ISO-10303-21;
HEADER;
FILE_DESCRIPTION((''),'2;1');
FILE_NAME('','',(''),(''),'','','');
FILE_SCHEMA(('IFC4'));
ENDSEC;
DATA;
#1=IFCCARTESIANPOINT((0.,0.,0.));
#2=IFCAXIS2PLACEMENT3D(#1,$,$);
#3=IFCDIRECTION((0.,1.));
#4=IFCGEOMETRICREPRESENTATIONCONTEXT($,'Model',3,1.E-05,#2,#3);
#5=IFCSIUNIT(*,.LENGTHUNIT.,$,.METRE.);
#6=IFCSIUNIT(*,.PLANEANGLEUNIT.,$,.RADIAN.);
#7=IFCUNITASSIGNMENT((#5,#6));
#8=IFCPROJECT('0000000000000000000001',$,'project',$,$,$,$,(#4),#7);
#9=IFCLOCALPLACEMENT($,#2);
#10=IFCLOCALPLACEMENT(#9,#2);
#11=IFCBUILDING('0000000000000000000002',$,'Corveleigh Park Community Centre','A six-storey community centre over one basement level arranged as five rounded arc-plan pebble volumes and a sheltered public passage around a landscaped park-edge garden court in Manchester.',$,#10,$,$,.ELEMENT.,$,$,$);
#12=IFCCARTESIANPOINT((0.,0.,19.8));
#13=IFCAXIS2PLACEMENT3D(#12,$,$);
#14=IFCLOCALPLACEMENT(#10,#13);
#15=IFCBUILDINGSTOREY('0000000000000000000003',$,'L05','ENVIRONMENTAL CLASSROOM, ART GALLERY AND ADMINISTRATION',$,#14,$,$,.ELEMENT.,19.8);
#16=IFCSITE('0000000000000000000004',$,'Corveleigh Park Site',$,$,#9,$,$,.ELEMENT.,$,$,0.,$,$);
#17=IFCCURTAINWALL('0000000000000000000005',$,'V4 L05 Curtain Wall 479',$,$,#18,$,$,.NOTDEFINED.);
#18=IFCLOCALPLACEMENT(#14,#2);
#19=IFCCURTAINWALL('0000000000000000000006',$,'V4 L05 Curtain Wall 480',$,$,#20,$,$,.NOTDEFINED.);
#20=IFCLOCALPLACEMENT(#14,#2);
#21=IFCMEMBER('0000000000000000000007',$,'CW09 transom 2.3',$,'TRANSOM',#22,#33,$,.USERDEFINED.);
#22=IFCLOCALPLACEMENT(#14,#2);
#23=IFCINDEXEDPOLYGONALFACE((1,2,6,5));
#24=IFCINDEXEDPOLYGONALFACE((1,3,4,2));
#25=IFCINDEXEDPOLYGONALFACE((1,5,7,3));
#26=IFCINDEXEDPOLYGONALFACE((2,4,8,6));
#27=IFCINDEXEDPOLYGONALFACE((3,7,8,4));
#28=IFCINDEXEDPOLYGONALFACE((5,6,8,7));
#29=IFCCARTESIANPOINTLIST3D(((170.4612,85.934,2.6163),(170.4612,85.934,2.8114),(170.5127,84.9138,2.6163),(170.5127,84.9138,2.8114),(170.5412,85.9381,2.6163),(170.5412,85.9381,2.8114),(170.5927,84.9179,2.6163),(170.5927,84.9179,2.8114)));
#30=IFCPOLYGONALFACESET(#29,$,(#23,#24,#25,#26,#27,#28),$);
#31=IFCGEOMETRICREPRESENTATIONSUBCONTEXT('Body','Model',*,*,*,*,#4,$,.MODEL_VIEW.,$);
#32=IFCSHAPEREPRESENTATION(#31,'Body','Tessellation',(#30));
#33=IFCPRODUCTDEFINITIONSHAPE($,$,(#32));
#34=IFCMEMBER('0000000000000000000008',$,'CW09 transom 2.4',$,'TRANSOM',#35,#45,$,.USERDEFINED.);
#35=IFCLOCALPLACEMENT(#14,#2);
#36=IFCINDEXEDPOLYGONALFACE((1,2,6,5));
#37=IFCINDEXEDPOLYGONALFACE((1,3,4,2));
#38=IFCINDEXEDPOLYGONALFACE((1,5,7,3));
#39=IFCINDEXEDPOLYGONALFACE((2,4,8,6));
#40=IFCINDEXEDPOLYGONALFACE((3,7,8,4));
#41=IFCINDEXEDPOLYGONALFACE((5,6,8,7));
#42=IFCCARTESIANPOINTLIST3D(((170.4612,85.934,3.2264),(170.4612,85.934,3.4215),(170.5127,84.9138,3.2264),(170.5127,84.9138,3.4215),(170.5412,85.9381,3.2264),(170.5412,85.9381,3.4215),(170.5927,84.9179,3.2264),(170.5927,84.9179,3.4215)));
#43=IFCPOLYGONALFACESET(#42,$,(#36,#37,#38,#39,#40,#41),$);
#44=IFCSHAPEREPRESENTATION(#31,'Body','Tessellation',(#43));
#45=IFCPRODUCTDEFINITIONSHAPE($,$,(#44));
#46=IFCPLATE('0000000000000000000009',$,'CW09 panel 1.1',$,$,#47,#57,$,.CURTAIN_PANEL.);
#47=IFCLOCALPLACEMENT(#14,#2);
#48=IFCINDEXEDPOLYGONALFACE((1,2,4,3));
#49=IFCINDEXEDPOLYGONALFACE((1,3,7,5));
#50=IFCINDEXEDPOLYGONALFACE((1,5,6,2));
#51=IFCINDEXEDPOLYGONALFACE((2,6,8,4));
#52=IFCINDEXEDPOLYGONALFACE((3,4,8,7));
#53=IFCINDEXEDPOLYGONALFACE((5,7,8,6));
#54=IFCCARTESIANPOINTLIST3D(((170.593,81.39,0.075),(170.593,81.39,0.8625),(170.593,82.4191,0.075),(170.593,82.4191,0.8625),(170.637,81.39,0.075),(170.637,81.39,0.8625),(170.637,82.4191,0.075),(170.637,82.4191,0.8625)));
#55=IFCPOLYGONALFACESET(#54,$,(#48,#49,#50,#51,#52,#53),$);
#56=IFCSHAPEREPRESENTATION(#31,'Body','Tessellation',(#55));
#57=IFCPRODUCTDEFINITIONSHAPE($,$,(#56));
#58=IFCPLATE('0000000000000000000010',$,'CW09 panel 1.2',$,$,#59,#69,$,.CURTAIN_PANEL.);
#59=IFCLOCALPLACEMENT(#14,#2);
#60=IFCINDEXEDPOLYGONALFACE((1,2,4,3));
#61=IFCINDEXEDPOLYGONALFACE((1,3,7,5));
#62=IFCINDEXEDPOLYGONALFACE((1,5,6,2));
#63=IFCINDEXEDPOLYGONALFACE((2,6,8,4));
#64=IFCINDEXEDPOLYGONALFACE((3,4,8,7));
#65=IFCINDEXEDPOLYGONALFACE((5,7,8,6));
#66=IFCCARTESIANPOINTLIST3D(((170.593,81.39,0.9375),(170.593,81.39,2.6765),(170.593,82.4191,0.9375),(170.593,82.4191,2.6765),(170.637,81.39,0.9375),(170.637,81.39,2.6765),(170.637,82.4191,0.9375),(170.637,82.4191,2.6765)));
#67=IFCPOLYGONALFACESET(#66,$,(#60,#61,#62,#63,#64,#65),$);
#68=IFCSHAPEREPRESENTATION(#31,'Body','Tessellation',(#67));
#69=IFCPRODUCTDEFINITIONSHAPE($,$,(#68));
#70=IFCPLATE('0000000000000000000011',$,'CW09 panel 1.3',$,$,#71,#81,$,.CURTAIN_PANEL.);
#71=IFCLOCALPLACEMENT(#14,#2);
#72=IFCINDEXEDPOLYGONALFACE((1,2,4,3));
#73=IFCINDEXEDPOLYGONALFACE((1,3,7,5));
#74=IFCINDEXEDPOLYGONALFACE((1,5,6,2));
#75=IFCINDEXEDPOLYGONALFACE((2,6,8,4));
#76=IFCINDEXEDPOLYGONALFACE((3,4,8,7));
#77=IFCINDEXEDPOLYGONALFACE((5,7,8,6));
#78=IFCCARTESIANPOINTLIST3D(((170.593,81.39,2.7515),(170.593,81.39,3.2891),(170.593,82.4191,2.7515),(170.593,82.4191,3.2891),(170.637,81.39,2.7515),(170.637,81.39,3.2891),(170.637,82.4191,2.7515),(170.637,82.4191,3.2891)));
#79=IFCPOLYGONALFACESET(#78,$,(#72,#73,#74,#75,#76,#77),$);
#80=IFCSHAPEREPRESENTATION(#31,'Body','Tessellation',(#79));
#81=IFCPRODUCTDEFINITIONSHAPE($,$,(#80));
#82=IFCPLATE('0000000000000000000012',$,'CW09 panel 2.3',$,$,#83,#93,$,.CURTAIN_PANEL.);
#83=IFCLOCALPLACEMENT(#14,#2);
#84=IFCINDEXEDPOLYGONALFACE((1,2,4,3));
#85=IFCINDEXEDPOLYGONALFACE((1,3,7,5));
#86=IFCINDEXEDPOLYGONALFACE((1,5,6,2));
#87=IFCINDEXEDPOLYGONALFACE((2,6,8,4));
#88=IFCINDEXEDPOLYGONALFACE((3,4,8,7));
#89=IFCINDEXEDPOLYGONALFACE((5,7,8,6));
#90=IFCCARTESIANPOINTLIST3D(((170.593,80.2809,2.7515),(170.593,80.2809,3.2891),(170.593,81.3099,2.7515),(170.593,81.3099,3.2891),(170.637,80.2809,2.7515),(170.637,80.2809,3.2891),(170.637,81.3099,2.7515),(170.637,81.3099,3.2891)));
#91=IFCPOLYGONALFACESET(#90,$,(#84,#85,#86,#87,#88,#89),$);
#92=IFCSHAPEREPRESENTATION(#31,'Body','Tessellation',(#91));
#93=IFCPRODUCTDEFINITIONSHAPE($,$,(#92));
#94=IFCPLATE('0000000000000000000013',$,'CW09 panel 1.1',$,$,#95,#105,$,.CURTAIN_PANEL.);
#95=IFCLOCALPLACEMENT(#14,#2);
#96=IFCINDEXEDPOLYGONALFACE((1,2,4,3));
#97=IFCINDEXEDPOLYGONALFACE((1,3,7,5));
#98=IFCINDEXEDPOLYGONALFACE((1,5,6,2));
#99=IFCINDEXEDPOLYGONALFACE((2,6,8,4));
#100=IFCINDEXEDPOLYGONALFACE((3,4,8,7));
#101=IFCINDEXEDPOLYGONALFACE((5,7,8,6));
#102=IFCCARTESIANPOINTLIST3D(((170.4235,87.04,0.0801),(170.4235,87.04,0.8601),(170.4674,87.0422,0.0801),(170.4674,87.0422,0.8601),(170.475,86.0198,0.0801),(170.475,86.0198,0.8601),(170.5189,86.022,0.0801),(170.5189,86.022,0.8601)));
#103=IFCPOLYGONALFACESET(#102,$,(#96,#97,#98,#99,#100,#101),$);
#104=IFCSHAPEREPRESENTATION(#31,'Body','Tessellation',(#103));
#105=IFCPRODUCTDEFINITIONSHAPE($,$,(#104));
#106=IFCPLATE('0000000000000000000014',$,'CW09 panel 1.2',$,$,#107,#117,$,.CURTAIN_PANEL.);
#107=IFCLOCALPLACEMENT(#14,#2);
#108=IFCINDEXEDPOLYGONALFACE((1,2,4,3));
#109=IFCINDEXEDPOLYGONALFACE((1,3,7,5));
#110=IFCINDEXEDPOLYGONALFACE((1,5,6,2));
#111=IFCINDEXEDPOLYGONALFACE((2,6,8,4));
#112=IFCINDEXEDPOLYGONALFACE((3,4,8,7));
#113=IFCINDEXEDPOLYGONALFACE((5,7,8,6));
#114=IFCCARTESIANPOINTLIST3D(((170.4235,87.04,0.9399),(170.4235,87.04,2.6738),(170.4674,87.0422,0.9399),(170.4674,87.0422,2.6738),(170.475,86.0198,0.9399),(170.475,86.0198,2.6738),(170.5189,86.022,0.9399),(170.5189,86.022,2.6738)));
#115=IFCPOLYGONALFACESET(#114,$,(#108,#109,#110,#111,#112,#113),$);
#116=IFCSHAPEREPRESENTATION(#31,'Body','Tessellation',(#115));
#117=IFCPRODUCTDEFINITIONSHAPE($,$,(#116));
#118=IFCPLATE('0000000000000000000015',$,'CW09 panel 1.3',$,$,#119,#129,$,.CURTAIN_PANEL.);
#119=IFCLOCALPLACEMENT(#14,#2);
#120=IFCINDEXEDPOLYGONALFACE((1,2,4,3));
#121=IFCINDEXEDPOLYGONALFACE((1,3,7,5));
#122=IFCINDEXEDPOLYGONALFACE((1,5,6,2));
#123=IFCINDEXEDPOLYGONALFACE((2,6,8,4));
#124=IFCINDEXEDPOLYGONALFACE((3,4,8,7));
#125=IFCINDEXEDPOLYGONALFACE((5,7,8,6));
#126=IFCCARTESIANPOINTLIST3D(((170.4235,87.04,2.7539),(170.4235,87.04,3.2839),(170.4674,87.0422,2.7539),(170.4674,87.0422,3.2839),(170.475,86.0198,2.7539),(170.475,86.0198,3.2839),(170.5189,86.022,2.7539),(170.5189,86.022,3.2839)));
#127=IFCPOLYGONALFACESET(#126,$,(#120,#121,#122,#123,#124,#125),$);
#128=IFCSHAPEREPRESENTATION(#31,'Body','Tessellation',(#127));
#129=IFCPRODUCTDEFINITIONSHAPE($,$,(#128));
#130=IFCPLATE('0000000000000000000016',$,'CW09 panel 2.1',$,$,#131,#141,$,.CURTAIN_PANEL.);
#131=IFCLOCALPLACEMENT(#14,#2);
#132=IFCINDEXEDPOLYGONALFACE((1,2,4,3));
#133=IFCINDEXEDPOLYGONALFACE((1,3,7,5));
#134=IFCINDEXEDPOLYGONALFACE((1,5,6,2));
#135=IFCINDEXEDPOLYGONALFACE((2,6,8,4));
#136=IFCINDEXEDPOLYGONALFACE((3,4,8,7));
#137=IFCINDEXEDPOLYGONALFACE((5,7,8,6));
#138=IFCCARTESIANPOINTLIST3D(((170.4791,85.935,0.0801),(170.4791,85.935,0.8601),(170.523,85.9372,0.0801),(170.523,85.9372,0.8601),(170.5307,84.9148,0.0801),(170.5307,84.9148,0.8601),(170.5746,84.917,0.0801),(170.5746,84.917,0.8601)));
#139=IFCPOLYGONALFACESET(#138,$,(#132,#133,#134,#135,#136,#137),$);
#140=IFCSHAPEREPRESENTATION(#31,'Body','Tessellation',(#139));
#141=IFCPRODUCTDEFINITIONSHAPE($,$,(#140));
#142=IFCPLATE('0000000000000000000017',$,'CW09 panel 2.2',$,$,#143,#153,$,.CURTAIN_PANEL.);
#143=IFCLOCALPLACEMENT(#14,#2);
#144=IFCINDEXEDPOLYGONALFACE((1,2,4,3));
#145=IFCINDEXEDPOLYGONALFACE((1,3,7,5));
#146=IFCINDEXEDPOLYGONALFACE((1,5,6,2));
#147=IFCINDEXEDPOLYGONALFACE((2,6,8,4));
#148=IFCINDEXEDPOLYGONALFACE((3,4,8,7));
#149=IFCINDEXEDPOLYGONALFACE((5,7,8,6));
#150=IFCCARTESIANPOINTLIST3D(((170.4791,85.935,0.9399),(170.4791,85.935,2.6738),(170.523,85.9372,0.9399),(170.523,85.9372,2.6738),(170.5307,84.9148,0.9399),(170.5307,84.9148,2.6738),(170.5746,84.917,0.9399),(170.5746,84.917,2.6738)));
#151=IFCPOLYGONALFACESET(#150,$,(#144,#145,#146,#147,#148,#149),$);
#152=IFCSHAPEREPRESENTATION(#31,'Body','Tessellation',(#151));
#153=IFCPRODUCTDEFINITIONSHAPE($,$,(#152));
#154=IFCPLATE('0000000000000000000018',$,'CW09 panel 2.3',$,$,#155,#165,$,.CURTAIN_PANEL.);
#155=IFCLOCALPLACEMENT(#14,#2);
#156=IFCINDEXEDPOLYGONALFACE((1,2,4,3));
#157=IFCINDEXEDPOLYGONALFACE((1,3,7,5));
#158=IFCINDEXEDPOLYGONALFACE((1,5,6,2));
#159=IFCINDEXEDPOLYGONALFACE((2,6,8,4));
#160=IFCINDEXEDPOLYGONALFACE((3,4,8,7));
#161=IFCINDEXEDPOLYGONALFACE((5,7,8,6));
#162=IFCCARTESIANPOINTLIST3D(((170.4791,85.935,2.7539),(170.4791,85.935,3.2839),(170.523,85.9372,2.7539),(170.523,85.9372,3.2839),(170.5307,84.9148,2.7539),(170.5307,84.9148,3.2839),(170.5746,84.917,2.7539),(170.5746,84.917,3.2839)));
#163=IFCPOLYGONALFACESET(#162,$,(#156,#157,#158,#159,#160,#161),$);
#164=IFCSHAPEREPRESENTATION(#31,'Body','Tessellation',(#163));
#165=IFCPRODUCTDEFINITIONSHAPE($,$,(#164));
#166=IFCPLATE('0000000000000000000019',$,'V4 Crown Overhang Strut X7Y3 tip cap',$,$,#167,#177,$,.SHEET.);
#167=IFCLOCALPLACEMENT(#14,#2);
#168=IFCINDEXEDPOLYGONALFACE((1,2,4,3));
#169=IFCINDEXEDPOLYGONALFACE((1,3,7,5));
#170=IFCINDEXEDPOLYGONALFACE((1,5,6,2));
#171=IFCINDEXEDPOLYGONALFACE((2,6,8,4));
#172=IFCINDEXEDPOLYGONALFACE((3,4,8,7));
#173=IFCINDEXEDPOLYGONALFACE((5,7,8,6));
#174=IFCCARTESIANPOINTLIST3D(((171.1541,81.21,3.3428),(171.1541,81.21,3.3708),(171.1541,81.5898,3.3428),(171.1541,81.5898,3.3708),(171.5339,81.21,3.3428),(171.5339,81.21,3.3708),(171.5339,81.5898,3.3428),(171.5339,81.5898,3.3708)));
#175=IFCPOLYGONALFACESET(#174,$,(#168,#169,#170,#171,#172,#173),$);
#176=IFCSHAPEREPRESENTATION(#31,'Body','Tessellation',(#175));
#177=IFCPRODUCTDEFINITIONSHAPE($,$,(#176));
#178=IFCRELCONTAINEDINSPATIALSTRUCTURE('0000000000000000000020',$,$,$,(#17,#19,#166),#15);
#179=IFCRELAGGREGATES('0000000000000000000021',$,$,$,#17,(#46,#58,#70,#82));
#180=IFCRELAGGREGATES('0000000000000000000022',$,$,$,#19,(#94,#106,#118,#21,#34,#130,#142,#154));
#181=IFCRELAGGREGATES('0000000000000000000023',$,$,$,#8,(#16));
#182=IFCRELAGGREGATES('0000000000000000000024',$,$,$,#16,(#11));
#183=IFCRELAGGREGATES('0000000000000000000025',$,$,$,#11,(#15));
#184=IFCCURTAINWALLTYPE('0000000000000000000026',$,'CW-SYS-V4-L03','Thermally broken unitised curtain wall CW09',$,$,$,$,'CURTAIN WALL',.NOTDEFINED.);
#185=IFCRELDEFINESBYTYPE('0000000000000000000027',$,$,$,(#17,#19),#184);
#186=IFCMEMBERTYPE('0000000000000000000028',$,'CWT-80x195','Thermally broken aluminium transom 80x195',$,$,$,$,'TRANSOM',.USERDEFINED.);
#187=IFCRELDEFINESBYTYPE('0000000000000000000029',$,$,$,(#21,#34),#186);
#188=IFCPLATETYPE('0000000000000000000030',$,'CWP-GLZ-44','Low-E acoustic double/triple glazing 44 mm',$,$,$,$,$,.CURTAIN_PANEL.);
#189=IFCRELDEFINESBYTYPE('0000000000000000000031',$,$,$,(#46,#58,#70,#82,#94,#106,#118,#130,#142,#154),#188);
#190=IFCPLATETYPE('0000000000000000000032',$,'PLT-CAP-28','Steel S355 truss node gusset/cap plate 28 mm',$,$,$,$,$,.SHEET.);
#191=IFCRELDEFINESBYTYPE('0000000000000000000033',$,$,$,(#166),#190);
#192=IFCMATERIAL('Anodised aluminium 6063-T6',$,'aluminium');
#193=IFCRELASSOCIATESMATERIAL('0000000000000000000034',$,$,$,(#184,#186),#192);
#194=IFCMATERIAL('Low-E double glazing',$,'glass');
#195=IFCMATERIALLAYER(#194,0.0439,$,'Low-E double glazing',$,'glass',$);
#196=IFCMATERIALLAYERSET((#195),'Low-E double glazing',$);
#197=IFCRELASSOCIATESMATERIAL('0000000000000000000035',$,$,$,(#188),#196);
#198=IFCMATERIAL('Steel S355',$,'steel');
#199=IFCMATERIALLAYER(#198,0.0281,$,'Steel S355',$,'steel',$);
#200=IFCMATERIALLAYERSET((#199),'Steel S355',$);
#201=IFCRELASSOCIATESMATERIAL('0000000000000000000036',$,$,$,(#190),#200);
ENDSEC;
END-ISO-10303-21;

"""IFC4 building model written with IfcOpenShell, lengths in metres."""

from ifc_helpers import new_model, si_unit, direction, frame, origin, origin_2d, place, context, subcontext, project, spatial, rectangle, extrude, material, layer, layer_set, material_profile, profile_set, type_object, element, aggregate, save


model = new_model("IFC4")

# Units and contexts
model_context = context("Model", 3, precision=1e-05, world=origin(), true_north=direction((0.0, 1.0)))
body_context = subcontext(model_context, "Body", "Model", "MODEL_VIEW")
ifc_project = project(units=[si_unit("LENGTHUNIT", "METRE"), si_unit("PLANEANGLEUNIT", "RADIAN")], contexts=[model_context])

# Site, building, storey
site_placement = place(None, origin())
site = spatial("IfcSite", under=ifc_project, at=site_placement, Name="Corveleigh Park Site", CompositionType="ELEMENT", RefElevation=0.0)
building_placement = place(site_placement, origin())
building = spatial("IfcBuilding", under=site, at=building_placement, Name="Corveleigh Park Community Centre", Description="A six-storey community centre over one basement level arranged as five rounded arc-plan pebble volumes and a sheltered public passage around a landscaped park-edge garden court in Manchester.", CompositionType="ELEMENT")
storey_placement = place(building_placement, frame((0.0, 0.0, 19.8)))
storey = spatial("IfcBuildingStorey", under=building, at=storey_placement, Name="L05", Description="ENVIRONMENTAL CLASSROOM, ART GALLERY AND ADMINISTRATION", CompositionType="ELEMENT", Elevation=19.8)

# Curtain walls
ifc_material_1 = material(Name="Anodised aluminium 6063-T6", Category="aluminium")
curtain_wall_type = type_object("IfcCurtainWallType", Name="CW-SYS-V4-L03", Description="Thermally broken unitised curtain wall CW09", ElementType="CURTAIN WALL", PredefinedType="NOTDEFINED", material=ifc_material_1)
curtain_wall_1_placement = place(storey_placement, origin())
curtain_wall_1 = element("IfcCurtainWall", 1, at=curtain_wall_1_placement, inside=storey, type_object=curtain_wall_type, Name="V4 L05 Curtain Wall 479", PredefinedType="NOTDEFINED")
curtain_wall_2_placement = place(storey_placement, origin())
curtain_wall_2 = element("IfcCurtainWall", 2, at=curtain_wall_2_placement, inside=storey, type_object=curtain_wall_type, Name="V4 L05 Curtain Wall 480", PredefinedType="NOTDEFINED")

# Members
ifc_material_profile_1 = material_profile(ifc_material_1, rectangle(XDim=0.0801, YDim=0.1951, at=origin_2d()), Name="ALU-T80x195", Category="aluminium")
ifc_profile_set_1 = profile_set([ifc_material_profile_1], Name="Anodised aluminium 6063-T6")
member_type_1 = type_object("IfcMemberType", Name="CWT-80x195", Description="Thermally broken aluminium transom 80x195", ElementType="TRANSOM", PredefinedType="USERDEFINED", material=ifc_profile_set_1)
member_1_placement = place(storey_placement, frame((170.5012, 85.936, 2.7139), z_axis=(0.050426, -0.998728, 0.0), x_axis=(0.998728, 0.050426, 0.0)))
member_1 = element("IfcMember", 3, at=member_1_placement, type_object=member_type_1, Name="CW09 transom 2.3", ObjectType="TRANSOM", PredefinedType="USERDEFINED", context=body_context, shape_type="SweptSolid", body=[
    extrude(rectangle(XDim=0.0801, YDim=0.1951, at=origin_2d()), origin(), (0.0, 0.0, 1.0), 1.0215),
])
member_2_placement = place(storey_placement, frame((170.5012, 85.936, 3.324), z_axis=(0.050426, -0.998728, 0.0), x_axis=(0.998728, 0.050426, 0.0)))
member_2 = element("IfcMember", 4, at=member_2_placement, type_object=member_type_1, Name="CW09 transom 2.4", ObjectType="TRANSOM", PredefinedType="USERDEFINED", context=body_context, shape_type="SweptSolid", body=[
    extrude(rectangle(XDim=0.0801, YDim=0.1951, at=origin_2d()), origin(), (0.0, 0.0, 1.0), 1.0215),
])

# Plates
ifc_material_2 = material(Name="Low-E double glazing", Category="glass")
ifc_layer_1 = layer(ifc_material_2, 0.0439, Name="Low-E double glazing", Category="glass")
ifc_layer_set_1 = layer_set([ifc_layer_1], Name="Low-E double glazing")
plate_type_1 = type_object("IfcPlateType", Name="CWP-GLZ-44", Description="Low-E acoustic double/triple glazing 44 mm", PredefinedType="CURTAIN_PANEL", material=ifc_layer_set_1)
plate_1_placement = place(storey_placement, frame((170.615, 81.9045, 0.075), z_axis=(0.0, 0.0, 1.0), x_axis=(0.0, -1.0, 0.0)))
plate_1 = element("IfcPlate", 5, at=plate_1_placement, type_object=plate_type_1, Name="CW09 panel 1.1", PredefinedType="CURTAIN_PANEL", context=body_context, shape_type="SweptSolid", body=[
    extrude(rectangle(XDim=1.0291, YDim=0.0439, at=origin_2d()), origin(), (0.0, 0.0, 1.0), 0.7876),
])
plate_2_placement = place(storey_placement, frame((170.615, 81.9045, 0.9375), z_axis=(0.0, 0.0, 1.0), x_axis=(0.0, -1.0, 0.0)))
plate_2 = element("IfcPlate", 6, at=plate_2_placement, type_object=plate_type_1, Name="CW09 panel 1.2", PredefinedType="CURTAIN_PANEL", context=body_context, shape_type="SweptSolid", body=[
    extrude(rectangle(XDim=1.0291, YDim=0.0439, at=origin_2d()), origin(), (0.0, 0.0, 1.0), 1.739),
])
plate_3_placement = place(storey_placement, frame((170.615, 81.9045, 2.7515), z_axis=(0.0, 0.0, 1.0), x_axis=(0.0, -1.0, 0.0)))
plate_3 = element("IfcPlate", 7, at=plate_3_placement, type_object=plate_type_1, Name="CW09 panel 1.3", PredefinedType="CURTAIN_PANEL", context=body_context, shape_type="SweptSolid", body=[
    extrude(rectangle(XDim=1.0291, YDim=0.0439, at=origin_2d()), origin(), (0.0, 0.0, 1.0), 0.5376),
])
plate_4_placement = place(storey_placement, frame((170.615, 80.7954, 2.7515), z_axis=(0.0, 0.0, 1.0), x_axis=(0.0, -1.0, 0.0)))
plate_4 = element("IfcPlate", 8, at=plate_4_placement, type_object=plate_type_1, Name="CW09 panel 2.3", PredefinedType="CURTAIN_PANEL", context=body_context, shape_type="SweptSolid", body=[
    extrude(rectangle(XDim=1.0291, YDim=0.0439, at=origin_2d()), origin(), (0.0, 0.0, 1.0), 0.5376),
])
aggregate(curtain_wall_1, [plate_1, plate_2, plate_3, plate_4])
plate_5_placement = place(storey_placement, frame((170.4712, 86.531, 0.0801), z_axis=(0.0, 0.0, 1.0), x_axis=(0.05048, -0.998725, 0.0)))
plate_5 = element("IfcPlate", 9, at=plate_5_placement, type_object=plate_type_1, Name="CW09 panel 1.1", PredefinedType="CURTAIN_PANEL", context=body_context, shape_type="SweptSolid", body=[
    extrude(rectangle(XDim=1.0215, YDim=0.0439, at=origin_2d()), origin(), (0.0, 0.0, 1.0), 0.78),
])
plate_6_placement = place(storey_placement, frame((170.4712, 86.531, 0.9399), z_axis=(0.0, 0.0, 1.0), x_axis=(0.05048, -0.998725, 0.0)))
plate_6 = element("IfcPlate", 10, at=plate_6_placement, type_object=plate_type_1, Name="CW09 panel 1.2", PredefinedType="CURTAIN_PANEL", context=body_context, shape_type="SweptSolid", body=[
    extrude(rectangle(XDim=1.0215, YDim=0.0439, at=origin_2d()), origin(), (0.0, 0.0, 1.0), 1.7339),
])
plate_7_placement = place(storey_placement, frame((170.4712, 86.531, 2.7539), z_axis=(0.0, 0.0, 1.0), x_axis=(0.05048, -0.998725, 0.0)))
plate_7 = element("IfcPlate", 11, at=plate_7_placement, type_object=plate_type_1, Name="CW09 panel 1.3", PredefinedType="CURTAIN_PANEL", context=body_context, shape_type="SweptSolid", body=[
    extrude(rectangle(XDim=1.0215, YDim=0.0439, at=origin_2d()), origin(), (0.0, 0.0, 1.0), 0.53),
])
plate_8_placement = place(storey_placement, frame((170.5269, 85.426, 0.0801), z_axis=(0.0, 0.0, 1.0), x_axis=(0.05048, -0.998725, 0.0)))
plate_8 = element("IfcPlate", 12, at=plate_8_placement, type_object=plate_type_1, Name="CW09 panel 2.1", PredefinedType="CURTAIN_PANEL", context=body_context, shape_type="SweptSolid", body=[
    extrude(rectangle(XDim=1.0215, YDim=0.0439, at=origin_2d()), origin(), (0.0, 0.0, 1.0), 0.78),
])
plate_9_placement = place(storey_placement, frame((170.5269, 85.426, 0.9399), z_axis=(0.0, 0.0, 1.0), x_axis=(0.05048, -0.998725, 0.0)))
plate_9 = element("IfcPlate", 13, at=plate_9_placement, type_object=plate_type_1, Name="CW09 panel 2.2", PredefinedType="CURTAIN_PANEL", context=body_context, shape_type="SweptSolid", body=[
    extrude(rectangle(XDim=1.0215, YDim=0.0439, at=origin_2d()), origin(), (0.0, 0.0, 1.0), 1.7339),
])
plate_10_placement = place(storey_placement, frame((170.5269, 85.426, 2.7539), z_axis=(0.0, 0.0, 1.0), x_axis=(0.05048, -0.998725, 0.0)))
plate_10 = element("IfcPlate", 14, at=plate_10_placement, type_object=plate_type_1, Name="CW09 panel 2.3", PredefinedType="CURTAIN_PANEL", context=body_context, shape_type="SweptSolid", body=[
    extrude(rectangle(XDim=1.0215, YDim=0.0439, at=origin_2d()), origin(), (0.0, 0.0, 1.0), 0.53),
])
aggregate(curtain_wall_2, [plate_5, plate_6, plate_7, member_1, member_2, plate_8, plate_9, plate_10])
ifc_material_3 = material(Name="Steel S355", Category="steel")
ifc_layer_2 = layer(ifc_material_3, 0.0281, Name="Steel S355", Category="steel")
ifc_layer_set_2 = layer_set([ifc_layer_2], Name="Steel S355")
plate_type_2 = type_object("IfcPlateType", Name="PLT-CAP-28", Description="Steel S355 truss node gusset/cap plate 28 mm", PredefinedType="SHEET", material=ifc_layer_set_2)
plate_11_placement = place(storey_placement, frame((171.344, 81.3999, 3.3428), z_axis=(0.0, 0.0, 1.0), x_axis=(1.0, 0.0, 0.0)))
element("IfcPlate", 15, at=plate_11_placement, inside=storey, type_object=plate_type_2, Name="V4 Crown Overhang Strut X7Y3 tip cap", PredefinedType="SHEET", context=body_context, shape_type="SweptSolid", body=[
    extrude(rectangle(XDim=0.3799, YDim=0.3799, at=origin_2d()), origin(), (0.0, 0.0, 1.0), 0.0281),
])

save(model, "model.ifc")
